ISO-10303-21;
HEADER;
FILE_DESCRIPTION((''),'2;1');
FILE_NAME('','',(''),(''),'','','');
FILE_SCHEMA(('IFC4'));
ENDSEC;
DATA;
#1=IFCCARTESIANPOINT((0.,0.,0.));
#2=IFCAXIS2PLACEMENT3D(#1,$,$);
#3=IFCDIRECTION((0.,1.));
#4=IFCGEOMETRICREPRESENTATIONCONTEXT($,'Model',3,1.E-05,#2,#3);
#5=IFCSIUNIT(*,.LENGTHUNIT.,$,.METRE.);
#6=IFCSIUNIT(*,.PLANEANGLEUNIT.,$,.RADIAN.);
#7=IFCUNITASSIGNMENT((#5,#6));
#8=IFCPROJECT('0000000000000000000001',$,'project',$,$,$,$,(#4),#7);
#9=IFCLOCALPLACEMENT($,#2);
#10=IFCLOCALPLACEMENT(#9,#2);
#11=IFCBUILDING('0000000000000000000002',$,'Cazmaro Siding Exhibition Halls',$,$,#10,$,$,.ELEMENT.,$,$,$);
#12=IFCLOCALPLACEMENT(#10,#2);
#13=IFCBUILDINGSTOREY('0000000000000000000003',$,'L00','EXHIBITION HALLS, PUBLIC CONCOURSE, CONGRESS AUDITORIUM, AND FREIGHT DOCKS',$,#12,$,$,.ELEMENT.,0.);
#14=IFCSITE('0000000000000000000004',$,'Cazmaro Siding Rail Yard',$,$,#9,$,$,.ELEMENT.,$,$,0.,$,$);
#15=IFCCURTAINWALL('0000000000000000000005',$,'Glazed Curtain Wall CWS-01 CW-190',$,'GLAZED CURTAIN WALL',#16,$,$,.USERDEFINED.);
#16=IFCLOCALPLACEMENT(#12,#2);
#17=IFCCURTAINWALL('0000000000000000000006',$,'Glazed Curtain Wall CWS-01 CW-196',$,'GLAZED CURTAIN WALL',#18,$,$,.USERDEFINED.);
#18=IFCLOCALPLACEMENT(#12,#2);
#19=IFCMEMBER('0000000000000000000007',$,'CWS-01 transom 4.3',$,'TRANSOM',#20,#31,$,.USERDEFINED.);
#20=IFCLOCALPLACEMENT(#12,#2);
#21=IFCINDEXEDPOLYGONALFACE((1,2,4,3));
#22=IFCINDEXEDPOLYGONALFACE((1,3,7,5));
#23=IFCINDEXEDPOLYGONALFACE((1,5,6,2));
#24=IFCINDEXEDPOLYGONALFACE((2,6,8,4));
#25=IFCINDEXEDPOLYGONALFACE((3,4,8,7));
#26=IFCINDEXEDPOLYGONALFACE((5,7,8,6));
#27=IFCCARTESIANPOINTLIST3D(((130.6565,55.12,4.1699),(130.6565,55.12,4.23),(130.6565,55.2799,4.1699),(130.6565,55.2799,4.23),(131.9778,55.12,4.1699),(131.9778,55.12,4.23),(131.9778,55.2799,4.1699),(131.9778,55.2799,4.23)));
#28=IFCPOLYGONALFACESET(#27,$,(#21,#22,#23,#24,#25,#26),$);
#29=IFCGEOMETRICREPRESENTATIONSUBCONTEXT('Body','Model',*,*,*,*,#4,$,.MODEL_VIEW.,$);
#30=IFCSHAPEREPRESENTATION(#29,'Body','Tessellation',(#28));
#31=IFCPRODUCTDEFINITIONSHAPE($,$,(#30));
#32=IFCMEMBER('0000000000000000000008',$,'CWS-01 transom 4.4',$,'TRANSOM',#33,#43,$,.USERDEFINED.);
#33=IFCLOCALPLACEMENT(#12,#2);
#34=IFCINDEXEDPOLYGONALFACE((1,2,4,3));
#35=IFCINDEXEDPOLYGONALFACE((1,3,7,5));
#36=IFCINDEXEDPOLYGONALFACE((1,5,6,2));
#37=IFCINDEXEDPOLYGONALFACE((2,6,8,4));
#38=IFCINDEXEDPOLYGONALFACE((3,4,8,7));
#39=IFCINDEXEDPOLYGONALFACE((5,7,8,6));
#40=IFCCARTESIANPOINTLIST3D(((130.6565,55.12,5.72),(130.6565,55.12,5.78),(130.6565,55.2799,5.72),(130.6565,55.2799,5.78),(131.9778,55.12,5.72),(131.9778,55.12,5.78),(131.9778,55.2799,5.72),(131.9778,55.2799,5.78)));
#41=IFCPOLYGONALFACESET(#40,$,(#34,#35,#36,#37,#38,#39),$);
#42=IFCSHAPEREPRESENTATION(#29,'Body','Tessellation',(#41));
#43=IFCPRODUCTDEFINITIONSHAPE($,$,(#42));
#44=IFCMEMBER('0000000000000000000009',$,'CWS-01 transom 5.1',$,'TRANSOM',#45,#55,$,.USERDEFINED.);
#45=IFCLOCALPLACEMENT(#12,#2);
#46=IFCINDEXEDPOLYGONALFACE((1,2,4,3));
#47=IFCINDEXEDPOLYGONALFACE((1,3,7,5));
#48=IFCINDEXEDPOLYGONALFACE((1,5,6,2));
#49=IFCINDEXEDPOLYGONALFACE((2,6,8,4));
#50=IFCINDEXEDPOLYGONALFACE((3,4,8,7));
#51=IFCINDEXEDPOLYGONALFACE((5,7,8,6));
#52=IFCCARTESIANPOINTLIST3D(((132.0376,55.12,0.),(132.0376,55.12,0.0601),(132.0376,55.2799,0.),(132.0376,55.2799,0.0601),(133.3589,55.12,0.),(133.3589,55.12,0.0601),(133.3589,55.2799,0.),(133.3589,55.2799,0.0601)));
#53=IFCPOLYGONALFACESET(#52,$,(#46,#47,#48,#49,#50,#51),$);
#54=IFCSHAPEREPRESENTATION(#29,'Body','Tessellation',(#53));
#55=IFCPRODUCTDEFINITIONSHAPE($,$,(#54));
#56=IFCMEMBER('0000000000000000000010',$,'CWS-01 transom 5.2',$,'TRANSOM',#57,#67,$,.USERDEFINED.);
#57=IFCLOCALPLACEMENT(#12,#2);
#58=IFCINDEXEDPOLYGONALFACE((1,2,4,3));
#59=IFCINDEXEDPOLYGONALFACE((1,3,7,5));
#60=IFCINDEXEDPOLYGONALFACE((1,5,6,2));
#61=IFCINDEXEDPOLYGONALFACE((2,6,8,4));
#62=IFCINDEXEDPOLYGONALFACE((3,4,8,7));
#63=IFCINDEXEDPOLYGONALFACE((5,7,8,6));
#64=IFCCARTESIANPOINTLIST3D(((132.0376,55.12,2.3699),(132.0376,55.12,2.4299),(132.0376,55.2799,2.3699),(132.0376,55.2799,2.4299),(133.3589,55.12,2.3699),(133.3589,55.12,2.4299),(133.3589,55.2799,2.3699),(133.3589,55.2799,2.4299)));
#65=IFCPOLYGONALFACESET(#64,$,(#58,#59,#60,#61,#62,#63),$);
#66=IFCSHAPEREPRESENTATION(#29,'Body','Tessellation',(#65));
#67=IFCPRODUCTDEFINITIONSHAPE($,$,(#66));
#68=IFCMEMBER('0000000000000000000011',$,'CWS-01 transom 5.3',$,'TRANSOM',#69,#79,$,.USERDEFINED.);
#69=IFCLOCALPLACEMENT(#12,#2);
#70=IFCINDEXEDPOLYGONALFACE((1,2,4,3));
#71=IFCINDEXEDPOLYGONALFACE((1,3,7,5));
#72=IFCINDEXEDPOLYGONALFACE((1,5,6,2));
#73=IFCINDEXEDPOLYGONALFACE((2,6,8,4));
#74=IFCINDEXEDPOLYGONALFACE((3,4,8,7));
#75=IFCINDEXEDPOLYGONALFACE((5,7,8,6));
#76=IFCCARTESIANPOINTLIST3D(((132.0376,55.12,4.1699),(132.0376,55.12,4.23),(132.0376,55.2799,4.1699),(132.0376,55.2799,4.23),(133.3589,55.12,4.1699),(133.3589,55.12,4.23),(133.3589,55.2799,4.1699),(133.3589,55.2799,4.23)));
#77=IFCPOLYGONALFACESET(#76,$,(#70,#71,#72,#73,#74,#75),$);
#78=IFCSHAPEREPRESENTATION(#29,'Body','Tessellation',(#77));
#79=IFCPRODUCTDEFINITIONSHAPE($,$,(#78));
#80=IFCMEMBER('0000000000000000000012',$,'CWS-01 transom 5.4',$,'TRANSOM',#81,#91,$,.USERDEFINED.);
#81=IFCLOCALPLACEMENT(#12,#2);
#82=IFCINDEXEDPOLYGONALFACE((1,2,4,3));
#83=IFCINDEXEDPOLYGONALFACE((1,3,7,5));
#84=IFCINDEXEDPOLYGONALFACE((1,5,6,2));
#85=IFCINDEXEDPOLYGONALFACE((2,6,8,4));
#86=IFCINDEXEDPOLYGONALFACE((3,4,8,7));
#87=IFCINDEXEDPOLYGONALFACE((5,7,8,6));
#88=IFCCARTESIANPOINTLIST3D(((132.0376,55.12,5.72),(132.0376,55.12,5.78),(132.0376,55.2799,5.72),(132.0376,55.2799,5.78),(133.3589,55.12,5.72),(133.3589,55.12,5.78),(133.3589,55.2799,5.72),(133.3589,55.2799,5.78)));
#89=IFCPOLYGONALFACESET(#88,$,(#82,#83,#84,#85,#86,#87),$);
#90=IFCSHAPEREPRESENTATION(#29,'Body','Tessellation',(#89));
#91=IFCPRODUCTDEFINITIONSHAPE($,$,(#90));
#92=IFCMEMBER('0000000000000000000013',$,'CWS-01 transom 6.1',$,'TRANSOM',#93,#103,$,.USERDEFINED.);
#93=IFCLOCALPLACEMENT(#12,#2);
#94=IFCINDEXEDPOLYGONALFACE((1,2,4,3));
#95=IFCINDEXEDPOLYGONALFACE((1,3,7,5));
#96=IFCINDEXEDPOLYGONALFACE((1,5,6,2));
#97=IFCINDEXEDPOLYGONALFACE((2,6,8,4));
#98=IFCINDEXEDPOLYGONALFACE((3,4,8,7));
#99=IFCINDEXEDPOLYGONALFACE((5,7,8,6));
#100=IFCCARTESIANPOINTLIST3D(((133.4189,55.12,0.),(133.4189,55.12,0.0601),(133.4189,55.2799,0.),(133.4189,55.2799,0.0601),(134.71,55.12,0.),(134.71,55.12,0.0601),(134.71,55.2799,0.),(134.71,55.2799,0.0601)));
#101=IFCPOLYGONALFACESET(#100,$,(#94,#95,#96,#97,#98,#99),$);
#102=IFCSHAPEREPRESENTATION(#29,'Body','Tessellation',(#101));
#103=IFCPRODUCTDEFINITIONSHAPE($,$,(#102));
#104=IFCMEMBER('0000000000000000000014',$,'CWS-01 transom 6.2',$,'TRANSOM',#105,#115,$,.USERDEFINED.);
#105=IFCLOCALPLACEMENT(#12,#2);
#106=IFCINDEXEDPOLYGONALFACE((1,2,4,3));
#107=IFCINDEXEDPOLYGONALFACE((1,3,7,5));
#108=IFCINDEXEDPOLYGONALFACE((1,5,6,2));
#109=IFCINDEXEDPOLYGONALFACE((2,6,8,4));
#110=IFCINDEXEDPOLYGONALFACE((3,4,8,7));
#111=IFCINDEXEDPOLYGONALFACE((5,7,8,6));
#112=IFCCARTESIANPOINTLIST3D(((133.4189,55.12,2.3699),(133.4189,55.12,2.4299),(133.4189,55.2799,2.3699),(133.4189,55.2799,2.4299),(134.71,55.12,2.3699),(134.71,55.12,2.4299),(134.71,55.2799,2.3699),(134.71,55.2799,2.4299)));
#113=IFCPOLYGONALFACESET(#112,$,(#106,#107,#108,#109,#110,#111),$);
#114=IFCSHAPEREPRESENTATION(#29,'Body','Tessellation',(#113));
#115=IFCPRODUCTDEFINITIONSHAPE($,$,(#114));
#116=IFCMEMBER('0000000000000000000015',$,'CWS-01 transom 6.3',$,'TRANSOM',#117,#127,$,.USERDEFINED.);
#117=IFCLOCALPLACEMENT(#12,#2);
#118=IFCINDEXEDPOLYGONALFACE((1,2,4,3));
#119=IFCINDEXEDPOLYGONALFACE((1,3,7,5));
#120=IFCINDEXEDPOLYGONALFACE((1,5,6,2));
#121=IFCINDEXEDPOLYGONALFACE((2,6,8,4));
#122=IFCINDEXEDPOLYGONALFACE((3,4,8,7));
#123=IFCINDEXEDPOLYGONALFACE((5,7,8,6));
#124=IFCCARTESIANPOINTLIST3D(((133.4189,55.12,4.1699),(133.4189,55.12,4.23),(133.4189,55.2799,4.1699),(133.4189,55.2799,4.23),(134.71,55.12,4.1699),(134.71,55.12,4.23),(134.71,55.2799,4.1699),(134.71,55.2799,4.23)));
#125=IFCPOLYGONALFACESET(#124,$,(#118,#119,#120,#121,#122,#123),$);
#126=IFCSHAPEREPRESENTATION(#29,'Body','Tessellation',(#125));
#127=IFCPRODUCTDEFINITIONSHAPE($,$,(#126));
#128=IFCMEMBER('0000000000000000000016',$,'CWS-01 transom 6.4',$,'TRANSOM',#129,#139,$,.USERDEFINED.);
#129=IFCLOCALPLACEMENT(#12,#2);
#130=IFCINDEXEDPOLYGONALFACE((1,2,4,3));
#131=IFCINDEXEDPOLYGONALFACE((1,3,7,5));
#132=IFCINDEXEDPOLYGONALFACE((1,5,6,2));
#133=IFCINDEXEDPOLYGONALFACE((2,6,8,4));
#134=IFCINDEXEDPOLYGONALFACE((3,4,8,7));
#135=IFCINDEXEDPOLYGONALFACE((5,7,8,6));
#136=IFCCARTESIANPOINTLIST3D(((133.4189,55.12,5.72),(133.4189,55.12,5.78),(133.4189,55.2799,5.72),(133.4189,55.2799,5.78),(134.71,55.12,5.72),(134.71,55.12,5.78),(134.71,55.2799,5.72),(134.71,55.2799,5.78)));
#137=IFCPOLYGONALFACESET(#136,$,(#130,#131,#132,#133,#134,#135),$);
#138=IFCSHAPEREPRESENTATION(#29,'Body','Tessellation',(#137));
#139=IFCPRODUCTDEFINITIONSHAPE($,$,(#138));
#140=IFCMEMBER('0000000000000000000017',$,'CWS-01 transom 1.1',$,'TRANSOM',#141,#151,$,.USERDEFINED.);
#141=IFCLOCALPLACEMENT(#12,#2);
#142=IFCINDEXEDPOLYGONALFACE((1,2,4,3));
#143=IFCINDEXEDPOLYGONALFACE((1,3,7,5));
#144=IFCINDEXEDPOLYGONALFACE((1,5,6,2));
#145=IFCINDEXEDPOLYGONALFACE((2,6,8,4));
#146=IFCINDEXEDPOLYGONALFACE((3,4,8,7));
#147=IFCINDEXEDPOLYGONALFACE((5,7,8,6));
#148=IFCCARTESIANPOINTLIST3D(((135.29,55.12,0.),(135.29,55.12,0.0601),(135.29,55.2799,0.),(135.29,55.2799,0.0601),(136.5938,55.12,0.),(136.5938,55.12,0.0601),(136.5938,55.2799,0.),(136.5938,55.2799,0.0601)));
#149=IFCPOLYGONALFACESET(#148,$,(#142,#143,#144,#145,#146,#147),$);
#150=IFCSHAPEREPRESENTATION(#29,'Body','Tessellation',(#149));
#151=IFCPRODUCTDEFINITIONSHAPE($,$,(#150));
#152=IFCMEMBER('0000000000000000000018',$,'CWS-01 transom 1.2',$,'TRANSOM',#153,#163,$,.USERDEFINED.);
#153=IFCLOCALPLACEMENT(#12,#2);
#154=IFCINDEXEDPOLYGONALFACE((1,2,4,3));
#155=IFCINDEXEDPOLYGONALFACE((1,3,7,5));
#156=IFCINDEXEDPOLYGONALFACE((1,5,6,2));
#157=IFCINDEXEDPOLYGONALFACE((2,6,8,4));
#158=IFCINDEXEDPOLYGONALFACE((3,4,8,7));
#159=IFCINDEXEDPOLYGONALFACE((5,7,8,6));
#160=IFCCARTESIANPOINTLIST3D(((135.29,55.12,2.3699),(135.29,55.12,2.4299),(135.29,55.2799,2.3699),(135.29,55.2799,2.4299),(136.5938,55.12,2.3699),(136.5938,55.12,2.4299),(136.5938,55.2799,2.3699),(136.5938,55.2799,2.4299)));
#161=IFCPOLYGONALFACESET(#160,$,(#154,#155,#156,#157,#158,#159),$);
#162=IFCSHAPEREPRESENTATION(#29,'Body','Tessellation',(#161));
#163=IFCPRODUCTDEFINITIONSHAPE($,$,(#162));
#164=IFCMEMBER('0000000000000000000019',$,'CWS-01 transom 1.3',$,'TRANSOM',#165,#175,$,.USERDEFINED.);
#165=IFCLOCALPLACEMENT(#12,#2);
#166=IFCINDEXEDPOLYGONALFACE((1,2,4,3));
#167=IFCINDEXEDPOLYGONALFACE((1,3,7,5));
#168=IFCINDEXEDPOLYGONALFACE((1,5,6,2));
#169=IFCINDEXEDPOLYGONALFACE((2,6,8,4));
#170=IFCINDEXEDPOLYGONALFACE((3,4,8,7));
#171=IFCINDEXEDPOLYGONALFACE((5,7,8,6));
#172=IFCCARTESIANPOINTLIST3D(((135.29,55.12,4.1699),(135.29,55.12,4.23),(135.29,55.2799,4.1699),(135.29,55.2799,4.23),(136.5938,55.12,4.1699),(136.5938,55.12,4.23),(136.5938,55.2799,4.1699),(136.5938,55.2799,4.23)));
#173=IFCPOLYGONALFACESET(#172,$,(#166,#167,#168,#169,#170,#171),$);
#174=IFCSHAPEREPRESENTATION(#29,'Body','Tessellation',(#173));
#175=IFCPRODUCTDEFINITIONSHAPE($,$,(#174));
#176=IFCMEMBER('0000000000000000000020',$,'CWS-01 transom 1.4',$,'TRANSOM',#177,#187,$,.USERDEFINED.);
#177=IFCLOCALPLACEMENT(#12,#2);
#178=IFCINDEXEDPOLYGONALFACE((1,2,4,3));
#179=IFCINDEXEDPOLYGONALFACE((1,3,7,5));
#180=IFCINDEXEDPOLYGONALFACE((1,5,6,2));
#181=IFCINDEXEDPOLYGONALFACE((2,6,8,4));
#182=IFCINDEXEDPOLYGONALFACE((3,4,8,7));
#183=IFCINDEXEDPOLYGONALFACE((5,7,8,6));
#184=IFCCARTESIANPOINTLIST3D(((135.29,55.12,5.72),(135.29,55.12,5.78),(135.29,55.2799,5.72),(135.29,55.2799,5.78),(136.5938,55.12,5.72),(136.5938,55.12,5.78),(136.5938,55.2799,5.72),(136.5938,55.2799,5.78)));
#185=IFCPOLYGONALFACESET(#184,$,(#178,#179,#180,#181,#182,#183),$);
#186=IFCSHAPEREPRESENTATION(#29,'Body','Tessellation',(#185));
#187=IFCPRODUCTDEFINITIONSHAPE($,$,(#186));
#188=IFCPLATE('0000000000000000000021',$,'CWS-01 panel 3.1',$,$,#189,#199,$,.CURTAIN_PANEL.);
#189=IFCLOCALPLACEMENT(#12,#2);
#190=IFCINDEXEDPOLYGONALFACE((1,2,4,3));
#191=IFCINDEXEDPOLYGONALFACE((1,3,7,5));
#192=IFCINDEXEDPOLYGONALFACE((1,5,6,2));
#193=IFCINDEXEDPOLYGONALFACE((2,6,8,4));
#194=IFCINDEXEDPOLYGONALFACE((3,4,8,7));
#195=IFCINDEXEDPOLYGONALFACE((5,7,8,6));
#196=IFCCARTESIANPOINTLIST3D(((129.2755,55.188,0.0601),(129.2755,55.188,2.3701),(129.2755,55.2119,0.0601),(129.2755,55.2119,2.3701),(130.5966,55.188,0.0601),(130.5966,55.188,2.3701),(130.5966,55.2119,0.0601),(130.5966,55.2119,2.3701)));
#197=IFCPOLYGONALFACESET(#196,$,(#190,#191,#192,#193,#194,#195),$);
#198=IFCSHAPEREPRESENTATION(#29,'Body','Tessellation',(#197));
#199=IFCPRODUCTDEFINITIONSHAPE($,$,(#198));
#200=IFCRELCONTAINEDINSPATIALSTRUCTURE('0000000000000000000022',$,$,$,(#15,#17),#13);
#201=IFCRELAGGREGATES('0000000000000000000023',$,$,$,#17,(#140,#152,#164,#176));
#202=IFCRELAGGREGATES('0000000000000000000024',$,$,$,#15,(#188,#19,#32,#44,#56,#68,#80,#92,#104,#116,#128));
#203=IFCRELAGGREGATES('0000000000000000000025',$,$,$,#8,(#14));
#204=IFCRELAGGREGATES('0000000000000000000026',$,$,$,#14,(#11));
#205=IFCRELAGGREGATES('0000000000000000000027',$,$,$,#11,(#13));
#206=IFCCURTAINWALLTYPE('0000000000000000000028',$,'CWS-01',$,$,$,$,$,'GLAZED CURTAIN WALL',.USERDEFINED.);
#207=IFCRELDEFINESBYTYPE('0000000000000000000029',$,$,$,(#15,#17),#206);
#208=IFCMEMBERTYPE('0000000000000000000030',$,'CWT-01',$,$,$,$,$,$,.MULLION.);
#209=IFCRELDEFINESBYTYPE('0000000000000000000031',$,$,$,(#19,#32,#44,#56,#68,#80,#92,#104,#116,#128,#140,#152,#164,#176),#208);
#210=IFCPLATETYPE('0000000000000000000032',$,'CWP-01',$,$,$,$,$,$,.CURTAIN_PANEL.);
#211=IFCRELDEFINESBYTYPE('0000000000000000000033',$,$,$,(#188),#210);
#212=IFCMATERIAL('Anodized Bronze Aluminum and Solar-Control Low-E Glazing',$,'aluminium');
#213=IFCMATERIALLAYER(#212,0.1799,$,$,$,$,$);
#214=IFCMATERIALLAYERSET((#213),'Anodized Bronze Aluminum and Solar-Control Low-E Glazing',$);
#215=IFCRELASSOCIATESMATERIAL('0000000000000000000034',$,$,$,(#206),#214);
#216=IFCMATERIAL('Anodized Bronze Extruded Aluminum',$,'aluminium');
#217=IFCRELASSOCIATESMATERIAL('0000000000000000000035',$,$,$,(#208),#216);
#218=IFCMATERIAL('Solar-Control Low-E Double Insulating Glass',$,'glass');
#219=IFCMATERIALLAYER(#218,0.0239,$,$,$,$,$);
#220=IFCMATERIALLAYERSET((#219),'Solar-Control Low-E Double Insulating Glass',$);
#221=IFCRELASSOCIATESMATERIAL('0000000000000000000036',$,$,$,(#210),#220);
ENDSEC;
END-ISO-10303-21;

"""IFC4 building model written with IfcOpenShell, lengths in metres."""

from ifc_helpers import new_model, si_unit, direction, frame, origin, origin_2d, place, context, subcontext, project, spatial, rectangle, extrude, material, layer, layer_set, material_profile, profile_set, type_object, element, aggregate, save


model = new_model("IFC4")

# Units and contexts
model_context = context("Model", 3, precision=1e-05, world=origin(), true_north=direction((0.0, 1.0)))
body_context = subcontext(model_context, "Body", "Model", "MODEL_VIEW")
ifc_project = project(units=[si_unit("LENGTHUNIT", "METRE"), si_unit("PLANEANGLEUNIT", "RADIAN")], contexts=[model_context])

# Site, building, storey
site_placement = place(None, origin())
site = spatial("IfcSite", under=ifc_project, at=site_placement, Name="Cazmaro Siding Rail Yard", CompositionType="ELEMENT", RefElevation=0.0)
building_placement = place(site_placement, origin())
building = spatial("IfcBuilding", under=site, at=building_placement, Name="Cazmaro Siding Exhibition Halls", CompositionType="ELEMENT")
storey_placement = place(building_placement, origin())
storey = spatial("IfcBuildingStorey", under=building, at=storey_placement, Name="L00", Description="EXHIBITION HALLS, PUBLIC CONCOURSE, CONGRESS AUDITORIUM, AND FREIGHT DOCKS", CompositionType="ELEMENT", Elevation=0.0)

# Curtain wall
ifc_material_1 = material(Name="Anodized Bronze Aluminum and Solar-Control Low-E Glazing", Category="aluminium")
ifc_layer_1 = layer(ifc_material_1, 0.1799)
ifc_layer_set_1 = layer_set([ifc_layer_1], Name="Anodized Bronze Aluminum and Solar-Control Low-E Glazing")
curtain_wall_type = type_object("IfcCurtainWallType", Name="CWS-01", ElementType="GLAZED CURTAIN WALL", PredefinedType="USERDEFINED", material=ifc_layer_set_1)
curtain_wall_1_placement = place(storey_placement, origin())
curtain_wall_1 = element("IfcCurtainWall", 1, at=curtain_wall_1_placement, inside=storey, type_object=curtain_wall_type, Name="Glazed Curtain Wall CWS-01 CW-190", ObjectType="GLAZED CURTAIN WALL", PredefinedType="USERDEFINED")

# Curtain wall
curtain_wall_2_placement = place(storey_placement, origin())
curtain_wall_2 = element("IfcCurtainWall", 2, at=curtain_wall_2_placement, inside=storey, type_object=curtain_wall_type, Name="Glazed Curtain Wall CWS-01 CW-196", ObjectType="GLAZED CURTAIN WALL", PredefinedType="USERDEFINED")

# Members
ifc_material_2 = material(Name="Anodized Bronze Extruded Aluminum", Category="aluminium")
ifc_material_profile_1 = material_profile(ifc_material_2, rectangle(XDim=0.1599, YDim=0.0601, at=origin_2d()), Name="CWT-01")
ifc_profile_set_1 = profile_set([ifc_material_profile_1], Name="Anodized Bronze Extruded Aluminum")
member_type_1 = type_object("IfcMemberType", Name="CWT-01", PredefinedType="MULLION", material=ifc_profile_set_1)
member_1_placement = place(storey_placement, frame((130.6565, 55.2, 4.2), z_axis=(1.0, 0.0, 0.0), x_axis=(0.0, 1.0, 0.0)))
member_1 = element("IfcMember", 3, at=member_1_placement, type_object=member_type_1, Name="CWS-01 transom 4.3", ObjectType="TRANSOM", PredefinedType="USERDEFINED", context=body_context, shape_type="SweptSolid", body=[
    extrude(rectangle(XDim=0.1599, YDim=0.0601, at=origin_2d()), origin(), (0.0, 0.0, 1.0), 1.3213),
])
member_2_placement = place(storey_placement, frame((130.6565, 55.2, 5.75), z_axis=(1.0, 0.0, 0.0), x_axis=(0.0, 1.0, 0.0)))
member_2 = element("IfcMember", 4, at=member_2_placement, type_object=member_type_1, Name="CWS-01 transom 4.4", ObjectType="TRANSOM", PredefinedType="USERDEFINED", context=body_context, shape_type="SweptSolid", body=[
    extrude(rectangle(XDim=0.1599, YDim=0.0601, at=origin_2d()), origin(), (0.0, 0.0, 1.0), 1.3213),
])
member_3_placement = place(storey_placement, frame((132.0376, 55.2, 0.03), z_axis=(1.0, 0.0, 0.0), x_axis=(0.0, 1.0, 0.0)))
member_3 = element("IfcMember", 5, at=member_3_placement, type_object=member_type_1, Name="CWS-01 transom 5.1", ObjectType="TRANSOM", PredefinedType="USERDEFINED", context=body_context, shape_type="SweptSolid", body=[
    extrude(rectangle(XDim=0.1599, YDim=0.0601, at=origin_2d()), origin(), (0.0, 0.0, 1.0), 1.3213),
])
member_4_placement = place(storey_placement, frame((132.0376, 55.2, 2.3999), z_axis=(1.0, 0.0, 0.0), x_axis=(0.0, 1.0, 0.0)))
member_4 = element("IfcMember", 6, at=member_4_placement, type_object=member_type_1, Name="CWS-01 transom 5.2", ObjectType="TRANSOM", PredefinedType="USERDEFINED", context=body_context, shape_type="SweptSolid", body=[
    extrude(rectangle(XDim=0.1599, YDim=0.0601, at=origin_2d()), origin(), (0.0, 0.0, 1.0), 1.3213),
])
member_5_placement = place(storey_placement, frame((132.0376, 55.2, 4.2), z_axis=(1.0, 0.0, 0.0), x_axis=(0.0, 1.0, 0.0)))
member_5 = element("IfcMember", 7, at=member_5_placement, type_object=member_type_1, Name="CWS-01 transom 5.3", ObjectType="TRANSOM", PredefinedType="USERDEFINED", context=body_context, shape_type="SweptSolid", body=[
    extrude(rectangle(XDim=0.1599, YDim=0.0601, at=origin_2d()), origin(), (0.0, 0.0, 1.0), 1.3213),
])
member_6_placement = place(storey_placement, frame((132.0376, 55.2, 5.75), z_axis=(1.0, 0.0, 0.0), x_axis=(0.0, 1.0, 0.0)))
member_6 = element("IfcMember", 8, at=member_6_placement, type_object=member_type_1, Name="CWS-01 transom 5.4", ObjectType="TRANSOM", PredefinedType="USERDEFINED", context=body_context, shape_type="SweptSolid", body=[
    extrude(rectangle(XDim=0.1599, YDim=0.0601, at=origin_2d()), origin(), (0.0, 0.0, 1.0), 1.3213),
])
member_7_placement = place(storey_placement, frame((133.4189, 55.2, 0.03), z_axis=(1.0, 0.0, 0.0), x_axis=(0.0, 1.0, 0.0)))
member_7 = element("IfcMember", 9, at=member_7_placement, type_object=member_type_1, Name="CWS-01 transom 6.1", ObjectType="TRANSOM", PredefinedType="USERDEFINED", context=body_context, shape_type="SweptSolid", body=[
    extrude(rectangle(XDim=0.1599, YDim=0.0601, at=origin_2d()), origin(), (0.0, 0.0, 1.0), 1.291),
])
member_8_placement = place(storey_placement, frame((133.4189, 55.2, 2.3999), z_axis=(1.0, 0.0, 0.0), x_axis=(0.0, 1.0, 0.0)))
member_8 = element("IfcMember", 10, at=member_8_placement, type_object=member_type_1, Name="CWS-01 transom 6.2", ObjectType="TRANSOM", PredefinedType="USERDEFINED", context=body_context, shape_type="SweptSolid", body=[
    extrude(rectangle(XDim=0.1599, YDim=0.0601, at=origin_2d()), origin(), (0.0, 0.0, 1.0), 1.291),
])
member_9_placement = place(storey_placement, frame((133.4189, 55.2, 4.2), z_axis=(1.0, 0.0, 0.0), x_axis=(0.0, 1.0, 0.0)))
member_9 = element("IfcMember", 11, at=member_9_placement, type_object=member_type_1, Name="CWS-01 transom 6.3", ObjectType="TRANSOM", PredefinedType="USERDEFINED", context=body_context, shape_type="SweptSolid", body=[
    extrude(rectangle(XDim=0.1599, YDim=0.0601, at=origin_2d()), origin(), (0.0, 0.0, 1.0), 1.291),
])
member_10_placement = place(storey_placement, frame((133.4189, 55.2, 5.75), z_axis=(1.0, 0.0, 0.0), x_axis=(0.0, 1.0, 0.0)))
member_10 = element("IfcMember", 12, at=member_10_placement, type_object=member_type_1, Name="CWS-01 transom 6.4", ObjectType="TRANSOM", PredefinedType="USERDEFINED", context=body_context, shape_type="SweptSolid", body=[
    extrude(rectangle(XDim=0.1599, YDim=0.0601, at=origin_2d()), origin(), (0.0, 0.0, 1.0), 1.291),
])
member_11_placement = place(storey_placement, frame((135.29, 55.2, 0.03), z_axis=(1.0, 0.0, 0.0), x_axis=(0.0, 1.0, 0.0)))
member_11 = element("IfcMember", 13, at=member_11_placement, type_object=member_type_1, Name="CWS-01 transom 1.1", ObjectType="TRANSOM", PredefinedType="USERDEFINED", context=body_context, shape_type="SweptSolid", body=[
    extrude(rectangle(XDim=0.1599, YDim=0.0601, at=origin_2d()), origin(), (0.0, 0.0, 1.0), 1.3037),
])
member_12_placement = place(storey_placement, frame((135.29, 55.2, 2.3999), z_axis=(1.0, 0.0, 0.0), x_axis=(0.0, 1.0, 0.0)))
member_12 = element("IfcMember", 14, at=member_12_placement, type_object=member_type_1, Name="CWS-01 transom 1.2", ObjectType="TRANSOM", PredefinedType="USERDEFINED", context=body_context, shape_type="SweptSolid", body=[
    extrude(rectangle(XDim=0.1599, YDim=0.0601, at=origin_2d()), origin(), (0.0, 0.0, 1.0), 1.3037),
])
member_13_placement = place(storey_placement, frame((135.29, 55.2, 4.2), z_axis=(1.0, 0.0, 0.0), x_axis=(0.0, 1.0, 0.0)))
member_13 = element("IfcMember", 15, at=member_13_placement, type_object=member_type_1, Name="CWS-01 transom 1.3", ObjectType="TRANSOM", PredefinedType="USERDEFINED", context=body_context, shape_type="SweptSolid", body=[
    extrude(rectangle(XDim=0.1599, YDim=0.0601, at=origin_2d()), origin(), (0.0, 0.0, 1.0), 1.3037),
])
member_14_placement = place(storey_placement, frame((135.29, 55.2, 5.75), z_axis=(1.0, 0.0, 0.0), x_axis=(0.0, 1.0, 0.0)))
member_14 = element("IfcMember", 16, at=member_14_placement, type_object=member_type_1, Name="CWS-01 transom 1.4", ObjectType="TRANSOM", PredefinedType="USERDEFINED", context=body_context, shape_type="SweptSolid", body=[
    extrude(rectangle(XDim=0.1599, YDim=0.0601, at=origin_2d()), origin(), (0.0, 0.0, 1.0), 1.3037),
])
aggregate(curtain_wall_2, [member_11, member_12, member_13, member_14])

# Plate
ifc_material_3 = material(Name="Solar-Control Low-E Double Insulating Glass", Category="glass")
ifc_layer_2 = layer(ifc_material_3, 0.0239)
ifc_layer_set_2 = layer_set([ifc_layer_2], Name="Solar-Control Low-E Double Insulating Glass")
plate_type = type_object("IfcPlateType", Name="CWP-01", PredefinedType="CURTAIN_PANEL", material=ifc_layer_set_2)
plate_1_placement = place(storey_placement, frame((129.936, 55.2, 0.0601), z_axis=(0.0, 0.0, 1.0), x_axis=(1.0, 0.0, 0.0)))
plate_1 = element("IfcPlate", 17, at=plate_1_placement, type_object=plate_type, Name="CWS-01 panel 3.1", PredefinedType="CURTAIN_PANEL", context=body_context, shape_type="SweptSolid", body=[
    extrude(rectangle(XDim=1.321, YDim=0.0239, at=origin_2d()), origin(), (0.0, 0.0, 1.0), 2.3101),
])
aggregate(curtain_wall_1, [plate_1, member_1, member_2, member_3, member_4, member_5, member_6, member_7, member_8, member_9, member_10])

save(model, "model.ifc")
